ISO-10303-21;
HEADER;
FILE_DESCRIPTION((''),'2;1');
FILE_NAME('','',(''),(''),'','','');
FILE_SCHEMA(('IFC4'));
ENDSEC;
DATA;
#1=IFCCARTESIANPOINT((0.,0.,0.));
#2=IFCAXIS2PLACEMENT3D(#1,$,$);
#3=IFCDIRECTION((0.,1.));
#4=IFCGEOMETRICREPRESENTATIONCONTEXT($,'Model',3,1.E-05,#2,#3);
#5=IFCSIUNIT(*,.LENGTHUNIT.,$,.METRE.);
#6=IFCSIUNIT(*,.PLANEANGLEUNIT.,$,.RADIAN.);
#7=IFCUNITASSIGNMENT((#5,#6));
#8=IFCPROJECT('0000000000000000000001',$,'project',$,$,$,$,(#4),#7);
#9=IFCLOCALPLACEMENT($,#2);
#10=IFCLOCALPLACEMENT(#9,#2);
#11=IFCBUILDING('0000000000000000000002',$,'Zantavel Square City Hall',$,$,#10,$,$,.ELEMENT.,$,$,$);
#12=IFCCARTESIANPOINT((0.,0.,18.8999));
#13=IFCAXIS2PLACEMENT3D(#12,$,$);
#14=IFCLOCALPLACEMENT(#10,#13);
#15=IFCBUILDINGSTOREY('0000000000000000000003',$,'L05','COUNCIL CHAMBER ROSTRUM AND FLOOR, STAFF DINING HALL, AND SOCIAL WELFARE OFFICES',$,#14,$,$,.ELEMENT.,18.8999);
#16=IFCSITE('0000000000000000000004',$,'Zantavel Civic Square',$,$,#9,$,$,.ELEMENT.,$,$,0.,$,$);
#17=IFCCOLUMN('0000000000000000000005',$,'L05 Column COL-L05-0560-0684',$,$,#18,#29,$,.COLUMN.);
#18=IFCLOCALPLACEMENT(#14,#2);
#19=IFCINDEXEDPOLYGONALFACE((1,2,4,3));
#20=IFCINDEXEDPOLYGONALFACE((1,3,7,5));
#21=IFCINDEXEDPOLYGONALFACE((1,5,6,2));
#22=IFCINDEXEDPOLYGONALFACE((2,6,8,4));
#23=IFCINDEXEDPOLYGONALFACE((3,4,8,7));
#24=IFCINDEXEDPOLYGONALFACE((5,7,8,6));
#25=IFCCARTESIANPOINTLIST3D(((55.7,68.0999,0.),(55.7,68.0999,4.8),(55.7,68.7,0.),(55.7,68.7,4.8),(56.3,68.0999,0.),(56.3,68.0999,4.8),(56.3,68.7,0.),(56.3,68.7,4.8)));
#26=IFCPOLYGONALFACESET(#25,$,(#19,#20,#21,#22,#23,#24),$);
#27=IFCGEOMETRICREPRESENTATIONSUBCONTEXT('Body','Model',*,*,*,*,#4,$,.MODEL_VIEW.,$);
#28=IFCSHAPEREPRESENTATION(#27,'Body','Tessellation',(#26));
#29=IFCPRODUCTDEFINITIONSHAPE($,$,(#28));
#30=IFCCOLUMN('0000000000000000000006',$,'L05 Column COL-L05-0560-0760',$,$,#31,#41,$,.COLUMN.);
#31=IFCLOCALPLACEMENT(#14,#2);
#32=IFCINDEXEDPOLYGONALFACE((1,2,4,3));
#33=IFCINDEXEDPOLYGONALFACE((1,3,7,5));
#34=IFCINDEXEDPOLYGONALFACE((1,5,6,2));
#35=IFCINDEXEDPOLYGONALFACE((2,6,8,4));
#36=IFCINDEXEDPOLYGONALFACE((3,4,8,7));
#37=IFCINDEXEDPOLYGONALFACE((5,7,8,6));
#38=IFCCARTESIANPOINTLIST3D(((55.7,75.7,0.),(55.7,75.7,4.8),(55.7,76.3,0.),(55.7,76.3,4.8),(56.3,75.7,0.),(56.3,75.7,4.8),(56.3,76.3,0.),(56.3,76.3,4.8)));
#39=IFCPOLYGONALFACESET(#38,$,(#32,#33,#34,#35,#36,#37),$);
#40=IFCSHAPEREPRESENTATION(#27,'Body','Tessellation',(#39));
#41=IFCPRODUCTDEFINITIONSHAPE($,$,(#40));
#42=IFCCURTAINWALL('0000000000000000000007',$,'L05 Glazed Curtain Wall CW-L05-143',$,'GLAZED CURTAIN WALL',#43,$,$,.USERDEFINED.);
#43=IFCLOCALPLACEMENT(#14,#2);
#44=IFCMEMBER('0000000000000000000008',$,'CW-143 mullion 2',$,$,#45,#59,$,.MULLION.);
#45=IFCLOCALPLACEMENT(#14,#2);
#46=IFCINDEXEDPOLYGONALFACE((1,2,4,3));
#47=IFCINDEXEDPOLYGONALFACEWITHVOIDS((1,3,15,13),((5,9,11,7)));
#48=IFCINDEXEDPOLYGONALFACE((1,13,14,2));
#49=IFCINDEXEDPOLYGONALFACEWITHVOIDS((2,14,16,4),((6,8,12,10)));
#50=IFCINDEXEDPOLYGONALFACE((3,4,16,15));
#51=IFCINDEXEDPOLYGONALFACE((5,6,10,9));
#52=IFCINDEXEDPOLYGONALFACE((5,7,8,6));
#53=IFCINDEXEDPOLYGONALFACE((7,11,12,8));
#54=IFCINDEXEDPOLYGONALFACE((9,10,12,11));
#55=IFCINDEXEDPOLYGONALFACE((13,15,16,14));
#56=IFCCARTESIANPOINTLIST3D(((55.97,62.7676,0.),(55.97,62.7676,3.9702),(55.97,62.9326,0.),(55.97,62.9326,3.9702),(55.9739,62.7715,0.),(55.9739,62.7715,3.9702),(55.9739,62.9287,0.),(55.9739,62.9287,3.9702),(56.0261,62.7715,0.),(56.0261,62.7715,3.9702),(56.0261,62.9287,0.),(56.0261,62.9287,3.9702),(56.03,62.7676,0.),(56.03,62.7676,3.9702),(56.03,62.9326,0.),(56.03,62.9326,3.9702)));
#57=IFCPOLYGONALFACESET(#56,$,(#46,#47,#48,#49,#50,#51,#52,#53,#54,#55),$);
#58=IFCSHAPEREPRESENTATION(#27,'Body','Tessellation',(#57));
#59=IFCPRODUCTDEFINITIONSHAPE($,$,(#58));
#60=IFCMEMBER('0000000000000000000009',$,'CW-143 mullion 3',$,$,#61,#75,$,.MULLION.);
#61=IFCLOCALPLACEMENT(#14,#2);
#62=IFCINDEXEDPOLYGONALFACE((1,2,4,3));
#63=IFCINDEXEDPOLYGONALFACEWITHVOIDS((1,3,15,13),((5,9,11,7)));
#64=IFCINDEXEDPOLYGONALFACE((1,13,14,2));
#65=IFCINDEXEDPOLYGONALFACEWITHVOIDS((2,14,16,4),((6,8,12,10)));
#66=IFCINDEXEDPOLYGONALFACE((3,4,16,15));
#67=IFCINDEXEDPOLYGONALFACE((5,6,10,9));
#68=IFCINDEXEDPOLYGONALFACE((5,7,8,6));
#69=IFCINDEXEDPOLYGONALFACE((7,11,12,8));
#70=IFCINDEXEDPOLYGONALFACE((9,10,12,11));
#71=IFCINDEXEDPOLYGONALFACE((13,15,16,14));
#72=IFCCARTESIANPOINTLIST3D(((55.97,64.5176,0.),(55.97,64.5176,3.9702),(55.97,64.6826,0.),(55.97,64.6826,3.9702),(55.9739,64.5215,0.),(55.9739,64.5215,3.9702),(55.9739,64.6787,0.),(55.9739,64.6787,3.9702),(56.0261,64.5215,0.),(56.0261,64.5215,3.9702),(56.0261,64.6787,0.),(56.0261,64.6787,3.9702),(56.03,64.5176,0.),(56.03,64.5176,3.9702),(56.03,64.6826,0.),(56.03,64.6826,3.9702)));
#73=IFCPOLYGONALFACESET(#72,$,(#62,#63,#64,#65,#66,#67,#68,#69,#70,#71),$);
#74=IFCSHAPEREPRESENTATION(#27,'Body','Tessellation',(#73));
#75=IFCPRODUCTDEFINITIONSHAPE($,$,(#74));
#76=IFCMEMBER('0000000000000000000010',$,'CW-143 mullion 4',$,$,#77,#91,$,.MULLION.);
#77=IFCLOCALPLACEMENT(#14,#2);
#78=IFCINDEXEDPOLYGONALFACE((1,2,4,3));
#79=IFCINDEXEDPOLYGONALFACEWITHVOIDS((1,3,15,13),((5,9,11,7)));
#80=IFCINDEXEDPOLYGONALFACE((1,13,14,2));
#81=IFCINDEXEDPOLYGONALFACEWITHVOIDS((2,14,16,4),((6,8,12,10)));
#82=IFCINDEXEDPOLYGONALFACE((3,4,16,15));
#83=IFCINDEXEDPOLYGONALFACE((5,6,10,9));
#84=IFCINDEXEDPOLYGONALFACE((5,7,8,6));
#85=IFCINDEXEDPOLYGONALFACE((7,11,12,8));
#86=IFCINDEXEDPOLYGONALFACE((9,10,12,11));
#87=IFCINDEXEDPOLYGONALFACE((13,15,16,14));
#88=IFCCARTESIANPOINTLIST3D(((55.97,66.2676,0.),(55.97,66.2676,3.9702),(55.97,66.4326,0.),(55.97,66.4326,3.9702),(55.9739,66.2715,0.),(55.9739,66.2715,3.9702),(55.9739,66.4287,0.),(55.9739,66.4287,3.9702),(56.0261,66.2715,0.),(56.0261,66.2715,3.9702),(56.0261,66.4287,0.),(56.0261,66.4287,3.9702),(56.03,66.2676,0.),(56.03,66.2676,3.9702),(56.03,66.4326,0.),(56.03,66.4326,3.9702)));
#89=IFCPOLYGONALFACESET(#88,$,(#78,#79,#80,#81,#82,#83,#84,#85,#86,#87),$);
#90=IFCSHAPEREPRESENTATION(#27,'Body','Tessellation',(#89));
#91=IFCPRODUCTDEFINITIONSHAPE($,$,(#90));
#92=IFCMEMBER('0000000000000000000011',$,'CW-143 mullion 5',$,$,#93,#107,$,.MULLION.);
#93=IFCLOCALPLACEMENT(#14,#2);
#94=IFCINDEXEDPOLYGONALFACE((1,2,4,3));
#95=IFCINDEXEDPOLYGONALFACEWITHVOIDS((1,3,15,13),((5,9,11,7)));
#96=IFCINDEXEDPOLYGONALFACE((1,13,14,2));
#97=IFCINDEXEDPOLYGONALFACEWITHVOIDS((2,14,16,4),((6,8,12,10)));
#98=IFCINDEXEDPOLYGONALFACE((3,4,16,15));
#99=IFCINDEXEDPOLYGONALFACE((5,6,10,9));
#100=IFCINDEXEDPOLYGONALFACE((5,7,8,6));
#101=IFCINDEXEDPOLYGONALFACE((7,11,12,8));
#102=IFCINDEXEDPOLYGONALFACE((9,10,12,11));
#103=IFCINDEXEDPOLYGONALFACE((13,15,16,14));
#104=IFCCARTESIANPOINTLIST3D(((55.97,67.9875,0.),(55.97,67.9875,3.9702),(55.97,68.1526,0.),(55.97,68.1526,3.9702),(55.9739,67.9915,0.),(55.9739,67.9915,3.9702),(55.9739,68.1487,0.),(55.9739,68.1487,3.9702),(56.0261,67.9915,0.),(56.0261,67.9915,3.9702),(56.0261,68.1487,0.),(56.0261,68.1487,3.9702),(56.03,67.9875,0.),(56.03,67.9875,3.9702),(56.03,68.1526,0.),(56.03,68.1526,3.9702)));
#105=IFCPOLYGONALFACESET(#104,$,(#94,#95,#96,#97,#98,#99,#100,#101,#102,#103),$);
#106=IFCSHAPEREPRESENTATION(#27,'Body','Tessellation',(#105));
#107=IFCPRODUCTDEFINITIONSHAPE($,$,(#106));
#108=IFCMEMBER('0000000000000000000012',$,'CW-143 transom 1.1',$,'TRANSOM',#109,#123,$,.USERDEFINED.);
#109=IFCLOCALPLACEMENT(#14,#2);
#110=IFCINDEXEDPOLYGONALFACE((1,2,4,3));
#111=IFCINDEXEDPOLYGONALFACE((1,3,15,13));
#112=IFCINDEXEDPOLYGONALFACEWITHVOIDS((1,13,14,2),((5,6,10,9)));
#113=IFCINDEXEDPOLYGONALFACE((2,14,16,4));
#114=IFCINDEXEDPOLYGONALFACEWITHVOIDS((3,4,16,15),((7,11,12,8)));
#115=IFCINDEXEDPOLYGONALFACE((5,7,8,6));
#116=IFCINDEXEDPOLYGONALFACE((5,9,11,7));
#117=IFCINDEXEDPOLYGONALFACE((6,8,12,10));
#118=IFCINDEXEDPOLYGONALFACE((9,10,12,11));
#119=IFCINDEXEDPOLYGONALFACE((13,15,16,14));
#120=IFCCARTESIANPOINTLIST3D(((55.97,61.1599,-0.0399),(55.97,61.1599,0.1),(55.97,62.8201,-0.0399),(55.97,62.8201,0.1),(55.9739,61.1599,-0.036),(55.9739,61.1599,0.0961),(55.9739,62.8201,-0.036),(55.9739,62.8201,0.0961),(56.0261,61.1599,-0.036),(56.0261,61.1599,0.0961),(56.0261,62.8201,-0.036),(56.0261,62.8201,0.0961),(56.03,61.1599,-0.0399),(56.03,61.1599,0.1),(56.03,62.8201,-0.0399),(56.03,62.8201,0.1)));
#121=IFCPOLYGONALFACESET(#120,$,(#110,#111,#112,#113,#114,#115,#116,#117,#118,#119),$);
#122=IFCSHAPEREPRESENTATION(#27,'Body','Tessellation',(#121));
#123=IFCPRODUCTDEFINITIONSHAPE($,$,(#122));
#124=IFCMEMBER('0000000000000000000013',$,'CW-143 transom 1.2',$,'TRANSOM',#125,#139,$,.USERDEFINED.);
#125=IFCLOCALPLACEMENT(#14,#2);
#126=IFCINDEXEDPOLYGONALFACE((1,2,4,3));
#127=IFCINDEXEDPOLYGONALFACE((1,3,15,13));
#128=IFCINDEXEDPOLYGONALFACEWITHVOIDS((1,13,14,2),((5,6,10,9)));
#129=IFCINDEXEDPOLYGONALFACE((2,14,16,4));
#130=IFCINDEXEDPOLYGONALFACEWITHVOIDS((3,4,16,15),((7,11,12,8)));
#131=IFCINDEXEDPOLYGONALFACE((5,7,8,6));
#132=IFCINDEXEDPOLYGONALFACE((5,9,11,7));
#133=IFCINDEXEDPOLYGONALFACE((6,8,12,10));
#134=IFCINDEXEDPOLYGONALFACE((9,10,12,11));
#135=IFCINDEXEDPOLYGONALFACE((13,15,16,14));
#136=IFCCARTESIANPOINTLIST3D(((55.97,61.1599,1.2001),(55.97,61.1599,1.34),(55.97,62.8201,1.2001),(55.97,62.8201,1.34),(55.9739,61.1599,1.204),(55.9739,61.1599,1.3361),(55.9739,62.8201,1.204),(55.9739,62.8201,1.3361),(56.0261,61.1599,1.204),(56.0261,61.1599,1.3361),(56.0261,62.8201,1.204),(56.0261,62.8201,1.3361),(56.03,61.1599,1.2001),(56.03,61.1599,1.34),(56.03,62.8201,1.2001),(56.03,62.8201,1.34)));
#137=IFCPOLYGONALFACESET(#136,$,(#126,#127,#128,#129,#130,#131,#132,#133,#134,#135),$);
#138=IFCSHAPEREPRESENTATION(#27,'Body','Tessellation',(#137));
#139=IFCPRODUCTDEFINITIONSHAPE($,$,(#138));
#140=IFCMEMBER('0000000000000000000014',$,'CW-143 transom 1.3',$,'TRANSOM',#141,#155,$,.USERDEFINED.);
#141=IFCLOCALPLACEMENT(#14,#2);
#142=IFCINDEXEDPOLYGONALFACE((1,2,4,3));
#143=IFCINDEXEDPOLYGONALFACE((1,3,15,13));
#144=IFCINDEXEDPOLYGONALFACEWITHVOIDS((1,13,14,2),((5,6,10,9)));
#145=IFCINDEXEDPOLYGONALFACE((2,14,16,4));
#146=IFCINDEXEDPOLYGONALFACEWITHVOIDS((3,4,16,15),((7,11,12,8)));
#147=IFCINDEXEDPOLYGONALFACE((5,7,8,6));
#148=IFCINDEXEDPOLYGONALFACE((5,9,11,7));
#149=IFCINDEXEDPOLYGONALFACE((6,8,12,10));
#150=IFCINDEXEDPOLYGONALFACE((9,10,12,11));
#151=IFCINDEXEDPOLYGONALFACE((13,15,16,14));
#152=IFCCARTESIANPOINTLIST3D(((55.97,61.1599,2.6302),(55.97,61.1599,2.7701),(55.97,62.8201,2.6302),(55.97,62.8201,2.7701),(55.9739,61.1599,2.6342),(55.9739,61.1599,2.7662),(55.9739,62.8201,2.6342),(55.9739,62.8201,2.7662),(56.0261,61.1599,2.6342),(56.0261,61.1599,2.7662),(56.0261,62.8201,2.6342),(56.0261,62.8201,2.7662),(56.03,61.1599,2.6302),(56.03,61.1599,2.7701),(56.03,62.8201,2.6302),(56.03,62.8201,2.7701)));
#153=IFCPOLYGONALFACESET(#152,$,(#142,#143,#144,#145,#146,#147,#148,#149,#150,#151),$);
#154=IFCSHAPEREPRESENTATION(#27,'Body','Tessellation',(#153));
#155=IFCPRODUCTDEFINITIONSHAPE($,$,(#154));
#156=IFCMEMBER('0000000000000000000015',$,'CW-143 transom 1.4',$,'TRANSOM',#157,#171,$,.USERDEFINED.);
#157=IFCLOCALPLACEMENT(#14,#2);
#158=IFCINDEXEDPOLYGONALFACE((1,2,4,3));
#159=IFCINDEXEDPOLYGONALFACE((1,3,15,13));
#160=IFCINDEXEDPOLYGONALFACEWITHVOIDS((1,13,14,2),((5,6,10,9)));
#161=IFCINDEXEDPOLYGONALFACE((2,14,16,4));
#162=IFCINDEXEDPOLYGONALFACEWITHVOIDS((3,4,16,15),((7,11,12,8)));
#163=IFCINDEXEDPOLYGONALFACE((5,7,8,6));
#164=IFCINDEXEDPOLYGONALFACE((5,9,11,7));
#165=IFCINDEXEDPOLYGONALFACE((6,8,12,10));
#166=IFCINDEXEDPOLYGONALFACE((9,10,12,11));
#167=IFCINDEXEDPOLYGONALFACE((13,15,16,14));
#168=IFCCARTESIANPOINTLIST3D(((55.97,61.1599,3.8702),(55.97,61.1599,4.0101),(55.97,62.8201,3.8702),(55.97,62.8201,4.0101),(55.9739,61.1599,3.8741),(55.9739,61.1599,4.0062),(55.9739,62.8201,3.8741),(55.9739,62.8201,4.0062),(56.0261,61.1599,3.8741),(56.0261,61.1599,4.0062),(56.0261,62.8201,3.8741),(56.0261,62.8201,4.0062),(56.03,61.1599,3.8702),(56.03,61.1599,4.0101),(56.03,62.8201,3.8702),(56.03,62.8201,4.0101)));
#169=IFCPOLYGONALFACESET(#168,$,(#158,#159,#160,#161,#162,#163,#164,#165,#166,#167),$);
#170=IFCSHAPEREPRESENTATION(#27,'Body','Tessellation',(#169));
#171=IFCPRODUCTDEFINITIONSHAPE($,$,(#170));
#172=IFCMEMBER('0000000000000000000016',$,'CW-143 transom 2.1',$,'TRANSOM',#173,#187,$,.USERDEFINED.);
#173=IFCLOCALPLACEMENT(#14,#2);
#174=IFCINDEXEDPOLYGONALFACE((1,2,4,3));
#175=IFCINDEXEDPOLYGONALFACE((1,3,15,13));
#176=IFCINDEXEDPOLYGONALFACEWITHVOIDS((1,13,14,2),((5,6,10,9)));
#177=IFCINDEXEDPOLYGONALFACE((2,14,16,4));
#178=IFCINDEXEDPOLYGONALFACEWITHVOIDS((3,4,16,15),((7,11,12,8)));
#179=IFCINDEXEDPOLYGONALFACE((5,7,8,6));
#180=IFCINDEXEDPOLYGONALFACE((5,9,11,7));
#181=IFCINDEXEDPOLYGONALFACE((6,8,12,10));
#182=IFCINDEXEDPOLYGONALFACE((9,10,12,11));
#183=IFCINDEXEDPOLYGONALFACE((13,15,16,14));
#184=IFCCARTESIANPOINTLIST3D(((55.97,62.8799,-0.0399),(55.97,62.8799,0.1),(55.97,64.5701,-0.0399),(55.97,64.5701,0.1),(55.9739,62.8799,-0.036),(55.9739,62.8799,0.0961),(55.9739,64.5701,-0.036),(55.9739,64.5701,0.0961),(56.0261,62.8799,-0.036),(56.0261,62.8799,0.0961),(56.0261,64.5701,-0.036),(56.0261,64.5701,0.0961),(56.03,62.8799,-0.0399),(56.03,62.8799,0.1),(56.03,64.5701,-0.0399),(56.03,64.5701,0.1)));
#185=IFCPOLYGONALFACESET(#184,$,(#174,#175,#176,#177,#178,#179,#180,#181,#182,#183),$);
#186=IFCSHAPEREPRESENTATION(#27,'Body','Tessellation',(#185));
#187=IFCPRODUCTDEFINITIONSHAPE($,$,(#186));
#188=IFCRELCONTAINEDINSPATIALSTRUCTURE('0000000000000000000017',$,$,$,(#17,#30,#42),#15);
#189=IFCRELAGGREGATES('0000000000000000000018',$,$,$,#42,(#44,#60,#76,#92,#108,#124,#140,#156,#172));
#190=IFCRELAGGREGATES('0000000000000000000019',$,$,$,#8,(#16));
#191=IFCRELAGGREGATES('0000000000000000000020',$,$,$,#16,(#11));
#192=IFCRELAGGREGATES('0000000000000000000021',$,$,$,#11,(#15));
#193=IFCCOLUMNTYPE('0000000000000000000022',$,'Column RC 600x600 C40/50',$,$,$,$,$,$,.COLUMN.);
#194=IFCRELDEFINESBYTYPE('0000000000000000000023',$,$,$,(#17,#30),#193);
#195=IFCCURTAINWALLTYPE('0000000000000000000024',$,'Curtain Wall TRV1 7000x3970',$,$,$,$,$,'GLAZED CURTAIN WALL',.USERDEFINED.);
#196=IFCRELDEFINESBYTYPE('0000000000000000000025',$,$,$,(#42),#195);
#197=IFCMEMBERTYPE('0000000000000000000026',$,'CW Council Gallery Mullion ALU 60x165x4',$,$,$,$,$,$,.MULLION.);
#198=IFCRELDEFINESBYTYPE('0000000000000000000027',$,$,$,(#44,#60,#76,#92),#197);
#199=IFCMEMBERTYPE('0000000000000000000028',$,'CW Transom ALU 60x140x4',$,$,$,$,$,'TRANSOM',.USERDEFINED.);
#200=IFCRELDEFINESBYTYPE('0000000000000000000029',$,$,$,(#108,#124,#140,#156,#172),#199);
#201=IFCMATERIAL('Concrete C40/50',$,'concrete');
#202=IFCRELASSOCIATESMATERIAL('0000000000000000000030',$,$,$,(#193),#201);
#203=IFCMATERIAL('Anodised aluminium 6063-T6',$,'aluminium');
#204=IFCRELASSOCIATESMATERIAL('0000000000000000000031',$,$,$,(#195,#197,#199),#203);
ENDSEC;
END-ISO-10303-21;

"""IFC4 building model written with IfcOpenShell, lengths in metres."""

from ifc_helpers import new_model, si_unit, direction, frame, origin, origin_2d, place, context, subcontext, project, spatial, rectangle, hollow_rectangle, extrude, material, material_profile, profile_set, type_object, element, aggregate, save


model = new_model("IFC4")

# Units and contexts
model_context = context("Model", 3, precision=1e-05, world=origin(), true_north=direction((0.0, 1.0)))
body_context = subcontext(model_context, "Body", "Model", "MODEL_VIEW")
ifc_project = project(units=[si_unit("LENGTHUNIT", "METRE"), si_unit("PLANEANGLEUNIT", "RADIAN")], contexts=[model_context])

# Site, building, storey
site_placement = place(None, origin())
site = spatial("IfcSite", under=ifc_project, at=site_placement, Name="Zantavel Civic Square", CompositionType="ELEMENT", RefElevation=0.0)
building_placement = place(site_placement, origin())
building = spatial("IfcBuilding", under=site, at=building_placement, Name="Zantavel Square City Hall", CompositionType="ELEMENT")
storey_placement = place(building_placement, frame((0.0, 0.0, 18.8999)))
storey = spatial("IfcBuildingStorey", under=building, at=storey_placement, Name="L05", Description="COUNCIL CHAMBER ROSTRUM AND FLOOR, STAFF DINING HALL, AND SOCIAL WELFARE OFFICES", CompositionType="ELEMENT", Elevation=18.8999)

# Columns
ifc_material_1 = material(Name="Concrete C40/50", Category="concrete")
ifc_material_profile_1 = material_profile(ifc_material_1, rectangle(XDim=0.6001, YDim=0.6001, at=origin_2d()), Name="RC 600x600")
ifc_profile_set_1 = profile_set([ifc_material_profile_1], Name="Concrete C40/50")
column_type = type_object("IfcColumnType", Name="Column RC 600x600 C40/50", PredefinedType="COLUMN", material=ifc_profile_set_1)
for number, where, z_axis, x_axis, name in (
    (1, (56.0, 68.3999, 0.0), (0.0, 0.0, 1.0), (1.0, 0.0, 0.0), "L05 Column COL-L05-0560-0684"),
    (2, (56.0, 76.0, 0.0), (0.0, 0.0, 1.0), (1.0, 0.0, 0.0), "L05 Column COL-L05-0560-0760"),
):
    element("IfcColumn", number, at=place(storey_placement, frame(where, z_axis=z_axis, x_axis=x_axis)), inside=storey, type_object=column_type, Name=name, PredefinedType="COLUMN", context=body_context, shape_type="SweptSolid", body=[
        extrude(rectangle(XDim=0.6001, YDim=0.6001, at=origin_2d()), origin(), (0.0, 0.0, 1.0), 4.8),
    ])

# Curtain wall, members
ifc_material_2 = material(Name="Anodised aluminium 6063-T6", Category="aluminium")
curtain_wall_type = type_object("IfcCurtainWallType", Name="Curtain Wall TRV1 7000x3970", ElementType="GLAZED CURTAIN WALL", PredefinedType="USERDEFINED", material=ifc_material_2)
curtain_wall_placement = place(storey_placement, origin())
curtain_wall = element("IfcCurtainWall", 3, at=curtain_wall_placement, inside=storey, type_object=curtain_wall_type, Name="L05 Glazed Curtain Wall CW-L05-143", ObjectType="GLAZED CURTAIN WALL", PredefinedType="USERDEFINED")
ifc_material_profile_2 = material_profile(ifc_material_2, hollow_rectangle(XDim=0.0601, YDim=0.165, WallThickness=0.0039, at=origin_2d()), Name="ALU 60x165x4")
ifc_profile_set_2 = profile_set([ifc_material_profile_2], Name="Anodised aluminium 6063-T6")
member_type_1 = type_object("IfcMemberType", Name="CW Council Gallery Mullion ALU 60x165x4", PredefinedType="MULLION", material=ifc_profile_set_2)
member_1_placement = place(storey_placement, frame((56.0, 62.8501, 0.0), z_axis=(0.0, 0.0, 1.0), x_axis=(-1.0, 0.0, 0.0)))
member_1 = element("IfcMember", 4, at=member_1_placement, type_object=member_type_1, Name="CW-143 mullion 2", PredefinedType="MULLION", context=body_context, shape_type="SweptSolid", body=[
    extrude(hollow_rectangle(XDim=0.0601, YDim=0.165, WallThickness=0.0039, at=origin_2d()), origin(), (0.0, 0.0, 1.0), 3.9702),
])
member_2_placement = place(storey_placement, frame((56.0, 64.6001, 0.0), z_axis=(0.0, 0.0, 1.0), x_axis=(-1.0, 0.0, 0.0)))
member_2 = element("IfcMember", 5, at=member_2_placement, type_object=member_type_1, Name="CW-143 mullion 3", PredefinedType="MULLION", context=body_context, shape_type="SweptSolid", body=[
    extrude(hollow_rectangle(XDim=0.0601, YDim=0.165, WallThickness=0.0039, at=origin_2d()), origin(), (0.0, 0.0, 1.0), 3.9702),
])
member_3_placement = place(storey_placement, frame((56.0, 66.3501, 0.0), z_axis=(0.0, 0.0, 1.0), x_axis=(-1.0, 0.0, 0.0)))
member_3 = element("IfcMember", 6, at=member_3_placement, type_object=member_type_1, Name="CW-143 mullion 4", PredefinedType="MULLION", context=body_context, shape_type="SweptSolid", body=[
    extrude(hollow_rectangle(XDim=0.0601, YDim=0.165, WallThickness=0.0039, at=origin_2d()), origin(), (0.0, 0.0, 1.0), 3.9702),
])
member_4_placement = place(storey_placement, frame((56.0, 68.0701, 0.0), z_axis=(0.0, 0.0, 1.0), x_axis=(-1.0, 0.0, 0.0)))
member_4 = element("IfcMember", 7, at=member_4_placement, type_object=member_type_1, Name="CW-143 mullion 5", PredefinedType="MULLION", context=body_context, shape_type="SweptSolid", body=[
    extrude(hollow_rectangle(XDim=0.0601, YDim=0.165, WallThickness=0.0039, at=origin_2d()), origin(), (0.0, 0.0, 1.0), 3.9702),
])
ifc_material_profile_3 = material_profile(ifc_material_2, hollow_rectangle(XDim=0.0601, YDim=0.1399, WallThickness=0.0039, at=origin_2d()), Name="ALU 60x140x4")
ifc_profile_set_3 = profile_set([ifc_material_profile_3], Name="Anodised aluminium 6063-T6")
member_type_2 = type_object("IfcMemberType", Name="CW Transom ALU 60x140x4", ElementType="TRANSOM", PredefinedType="USERDEFINED", material=ifc_profile_set_3)
member_5_placement = place(storey_placement, frame((56.0, 61.1599, 0.03), z_axis=(0.0, 1.0, 0.0), x_axis=(-1.0, 0.0, 0.0)))
member_5 = element("IfcMember", 8, at=member_5_placement, type_object=member_type_2, Name="CW-143 transom 1.1", ObjectType="TRANSOM", PredefinedType="USERDEFINED", context=body_context, shape_type="SweptSolid", body=[
    extrude(hollow_rectangle(XDim=0.0601, YDim=0.1399, WallThickness=0.0039, at=origin_2d()), origin(), (0.0, 0.0, 1.0), 1.6602),
])
member_6_placement = place(storey_placement, frame((56.0, 61.1599, 1.27), z_axis=(0.0, 1.0, 0.0), x_axis=(-1.0, 0.0, 0.0)))
member_6 = element("IfcMember", 9, at=member_6_placement, type_object=member_type_2, Name="CW-143 transom 1.2", ObjectType="TRANSOM", PredefinedType="USERDEFINED", context=body_context, shape_type="SweptSolid", body=[
    extrude(hollow_rectangle(XDim=0.0601, YDim=0.1399, WallThickness=0.0039, at=origin_2d()), origin(), (0.0, 0.0, 1.0), 1.6602),
])
member_7_placement = place(storey_placement, frame((56.0, 61.1599, 2.7002), z_axis=(0.0, 1.0, 0.0), x_axis=(-1.0, 0.0, 0.0)))
member_7 = element("IfcMember", 10, at=member_7_placement, type_object=member_type_2, Name="CW-143 transom 1.3", ObjectType="TRANSOM", PredefinedType="USERDEFINED", context=body_context, shape_type="SweptSolid", body=[
    extrude(hollow_rectangle(XDim=0.0601, YDim=0.1399, WallThickness=0.0039, at=origin_2d()), origin(), (0.0, 0.0, 1.0), 1.6602),
])
member_8_placement = place(storey_placement, frame((56.0, 61.1599, 3.9402), z_axis=(0.0, 1.0, 0.0), x_axis=(-1.0, 0.0, 0.0)))
member_8 = element("IfcMember", 11, at=member_8_placement, type_object=member_type_2, Name="CW-143 transom 1.4", ObjectType="TRANSOM", PredefinedType="USERDEFINED", context=body_context, shape_type="SweptSolid", body=[
    extrude(hollow_rectangle(XDim=0.0601, YDim=0.1399, WallThickness=0.0039, at=origin_2d()), origin(), (0.0, 0.0, 1.0), 1.6602),
])
member_9_placement = place(storey_placement, frame((56.0, 62.8799, 0.03), z_axis=(0.0, 1.0, 0.0), x_axis=(-1.0, 0.0, 0.0)))
member_9 = element("IfcMember", 12, at=member_9_placement, type_object=member_type_2, Name="CW-143 transom 2.1", ObjectType="TRANSOM", PredefinedType="USERDEFINED", context=body_context, shape_type="SweptSolid", body=[
    extrude(hollow_rectangle(XDim=0.0601, YDim=0.1399, WallThickness=0.0039, at=origin_2d()), origin(), (0.0, 0.0, 1.0), 1.6902),
])

aggregate(curtain_wall, [member_1, member_2, member_3, member_4, member_5, member_6, member_7, member_8, member_9])

save(model, "model.ifc")
